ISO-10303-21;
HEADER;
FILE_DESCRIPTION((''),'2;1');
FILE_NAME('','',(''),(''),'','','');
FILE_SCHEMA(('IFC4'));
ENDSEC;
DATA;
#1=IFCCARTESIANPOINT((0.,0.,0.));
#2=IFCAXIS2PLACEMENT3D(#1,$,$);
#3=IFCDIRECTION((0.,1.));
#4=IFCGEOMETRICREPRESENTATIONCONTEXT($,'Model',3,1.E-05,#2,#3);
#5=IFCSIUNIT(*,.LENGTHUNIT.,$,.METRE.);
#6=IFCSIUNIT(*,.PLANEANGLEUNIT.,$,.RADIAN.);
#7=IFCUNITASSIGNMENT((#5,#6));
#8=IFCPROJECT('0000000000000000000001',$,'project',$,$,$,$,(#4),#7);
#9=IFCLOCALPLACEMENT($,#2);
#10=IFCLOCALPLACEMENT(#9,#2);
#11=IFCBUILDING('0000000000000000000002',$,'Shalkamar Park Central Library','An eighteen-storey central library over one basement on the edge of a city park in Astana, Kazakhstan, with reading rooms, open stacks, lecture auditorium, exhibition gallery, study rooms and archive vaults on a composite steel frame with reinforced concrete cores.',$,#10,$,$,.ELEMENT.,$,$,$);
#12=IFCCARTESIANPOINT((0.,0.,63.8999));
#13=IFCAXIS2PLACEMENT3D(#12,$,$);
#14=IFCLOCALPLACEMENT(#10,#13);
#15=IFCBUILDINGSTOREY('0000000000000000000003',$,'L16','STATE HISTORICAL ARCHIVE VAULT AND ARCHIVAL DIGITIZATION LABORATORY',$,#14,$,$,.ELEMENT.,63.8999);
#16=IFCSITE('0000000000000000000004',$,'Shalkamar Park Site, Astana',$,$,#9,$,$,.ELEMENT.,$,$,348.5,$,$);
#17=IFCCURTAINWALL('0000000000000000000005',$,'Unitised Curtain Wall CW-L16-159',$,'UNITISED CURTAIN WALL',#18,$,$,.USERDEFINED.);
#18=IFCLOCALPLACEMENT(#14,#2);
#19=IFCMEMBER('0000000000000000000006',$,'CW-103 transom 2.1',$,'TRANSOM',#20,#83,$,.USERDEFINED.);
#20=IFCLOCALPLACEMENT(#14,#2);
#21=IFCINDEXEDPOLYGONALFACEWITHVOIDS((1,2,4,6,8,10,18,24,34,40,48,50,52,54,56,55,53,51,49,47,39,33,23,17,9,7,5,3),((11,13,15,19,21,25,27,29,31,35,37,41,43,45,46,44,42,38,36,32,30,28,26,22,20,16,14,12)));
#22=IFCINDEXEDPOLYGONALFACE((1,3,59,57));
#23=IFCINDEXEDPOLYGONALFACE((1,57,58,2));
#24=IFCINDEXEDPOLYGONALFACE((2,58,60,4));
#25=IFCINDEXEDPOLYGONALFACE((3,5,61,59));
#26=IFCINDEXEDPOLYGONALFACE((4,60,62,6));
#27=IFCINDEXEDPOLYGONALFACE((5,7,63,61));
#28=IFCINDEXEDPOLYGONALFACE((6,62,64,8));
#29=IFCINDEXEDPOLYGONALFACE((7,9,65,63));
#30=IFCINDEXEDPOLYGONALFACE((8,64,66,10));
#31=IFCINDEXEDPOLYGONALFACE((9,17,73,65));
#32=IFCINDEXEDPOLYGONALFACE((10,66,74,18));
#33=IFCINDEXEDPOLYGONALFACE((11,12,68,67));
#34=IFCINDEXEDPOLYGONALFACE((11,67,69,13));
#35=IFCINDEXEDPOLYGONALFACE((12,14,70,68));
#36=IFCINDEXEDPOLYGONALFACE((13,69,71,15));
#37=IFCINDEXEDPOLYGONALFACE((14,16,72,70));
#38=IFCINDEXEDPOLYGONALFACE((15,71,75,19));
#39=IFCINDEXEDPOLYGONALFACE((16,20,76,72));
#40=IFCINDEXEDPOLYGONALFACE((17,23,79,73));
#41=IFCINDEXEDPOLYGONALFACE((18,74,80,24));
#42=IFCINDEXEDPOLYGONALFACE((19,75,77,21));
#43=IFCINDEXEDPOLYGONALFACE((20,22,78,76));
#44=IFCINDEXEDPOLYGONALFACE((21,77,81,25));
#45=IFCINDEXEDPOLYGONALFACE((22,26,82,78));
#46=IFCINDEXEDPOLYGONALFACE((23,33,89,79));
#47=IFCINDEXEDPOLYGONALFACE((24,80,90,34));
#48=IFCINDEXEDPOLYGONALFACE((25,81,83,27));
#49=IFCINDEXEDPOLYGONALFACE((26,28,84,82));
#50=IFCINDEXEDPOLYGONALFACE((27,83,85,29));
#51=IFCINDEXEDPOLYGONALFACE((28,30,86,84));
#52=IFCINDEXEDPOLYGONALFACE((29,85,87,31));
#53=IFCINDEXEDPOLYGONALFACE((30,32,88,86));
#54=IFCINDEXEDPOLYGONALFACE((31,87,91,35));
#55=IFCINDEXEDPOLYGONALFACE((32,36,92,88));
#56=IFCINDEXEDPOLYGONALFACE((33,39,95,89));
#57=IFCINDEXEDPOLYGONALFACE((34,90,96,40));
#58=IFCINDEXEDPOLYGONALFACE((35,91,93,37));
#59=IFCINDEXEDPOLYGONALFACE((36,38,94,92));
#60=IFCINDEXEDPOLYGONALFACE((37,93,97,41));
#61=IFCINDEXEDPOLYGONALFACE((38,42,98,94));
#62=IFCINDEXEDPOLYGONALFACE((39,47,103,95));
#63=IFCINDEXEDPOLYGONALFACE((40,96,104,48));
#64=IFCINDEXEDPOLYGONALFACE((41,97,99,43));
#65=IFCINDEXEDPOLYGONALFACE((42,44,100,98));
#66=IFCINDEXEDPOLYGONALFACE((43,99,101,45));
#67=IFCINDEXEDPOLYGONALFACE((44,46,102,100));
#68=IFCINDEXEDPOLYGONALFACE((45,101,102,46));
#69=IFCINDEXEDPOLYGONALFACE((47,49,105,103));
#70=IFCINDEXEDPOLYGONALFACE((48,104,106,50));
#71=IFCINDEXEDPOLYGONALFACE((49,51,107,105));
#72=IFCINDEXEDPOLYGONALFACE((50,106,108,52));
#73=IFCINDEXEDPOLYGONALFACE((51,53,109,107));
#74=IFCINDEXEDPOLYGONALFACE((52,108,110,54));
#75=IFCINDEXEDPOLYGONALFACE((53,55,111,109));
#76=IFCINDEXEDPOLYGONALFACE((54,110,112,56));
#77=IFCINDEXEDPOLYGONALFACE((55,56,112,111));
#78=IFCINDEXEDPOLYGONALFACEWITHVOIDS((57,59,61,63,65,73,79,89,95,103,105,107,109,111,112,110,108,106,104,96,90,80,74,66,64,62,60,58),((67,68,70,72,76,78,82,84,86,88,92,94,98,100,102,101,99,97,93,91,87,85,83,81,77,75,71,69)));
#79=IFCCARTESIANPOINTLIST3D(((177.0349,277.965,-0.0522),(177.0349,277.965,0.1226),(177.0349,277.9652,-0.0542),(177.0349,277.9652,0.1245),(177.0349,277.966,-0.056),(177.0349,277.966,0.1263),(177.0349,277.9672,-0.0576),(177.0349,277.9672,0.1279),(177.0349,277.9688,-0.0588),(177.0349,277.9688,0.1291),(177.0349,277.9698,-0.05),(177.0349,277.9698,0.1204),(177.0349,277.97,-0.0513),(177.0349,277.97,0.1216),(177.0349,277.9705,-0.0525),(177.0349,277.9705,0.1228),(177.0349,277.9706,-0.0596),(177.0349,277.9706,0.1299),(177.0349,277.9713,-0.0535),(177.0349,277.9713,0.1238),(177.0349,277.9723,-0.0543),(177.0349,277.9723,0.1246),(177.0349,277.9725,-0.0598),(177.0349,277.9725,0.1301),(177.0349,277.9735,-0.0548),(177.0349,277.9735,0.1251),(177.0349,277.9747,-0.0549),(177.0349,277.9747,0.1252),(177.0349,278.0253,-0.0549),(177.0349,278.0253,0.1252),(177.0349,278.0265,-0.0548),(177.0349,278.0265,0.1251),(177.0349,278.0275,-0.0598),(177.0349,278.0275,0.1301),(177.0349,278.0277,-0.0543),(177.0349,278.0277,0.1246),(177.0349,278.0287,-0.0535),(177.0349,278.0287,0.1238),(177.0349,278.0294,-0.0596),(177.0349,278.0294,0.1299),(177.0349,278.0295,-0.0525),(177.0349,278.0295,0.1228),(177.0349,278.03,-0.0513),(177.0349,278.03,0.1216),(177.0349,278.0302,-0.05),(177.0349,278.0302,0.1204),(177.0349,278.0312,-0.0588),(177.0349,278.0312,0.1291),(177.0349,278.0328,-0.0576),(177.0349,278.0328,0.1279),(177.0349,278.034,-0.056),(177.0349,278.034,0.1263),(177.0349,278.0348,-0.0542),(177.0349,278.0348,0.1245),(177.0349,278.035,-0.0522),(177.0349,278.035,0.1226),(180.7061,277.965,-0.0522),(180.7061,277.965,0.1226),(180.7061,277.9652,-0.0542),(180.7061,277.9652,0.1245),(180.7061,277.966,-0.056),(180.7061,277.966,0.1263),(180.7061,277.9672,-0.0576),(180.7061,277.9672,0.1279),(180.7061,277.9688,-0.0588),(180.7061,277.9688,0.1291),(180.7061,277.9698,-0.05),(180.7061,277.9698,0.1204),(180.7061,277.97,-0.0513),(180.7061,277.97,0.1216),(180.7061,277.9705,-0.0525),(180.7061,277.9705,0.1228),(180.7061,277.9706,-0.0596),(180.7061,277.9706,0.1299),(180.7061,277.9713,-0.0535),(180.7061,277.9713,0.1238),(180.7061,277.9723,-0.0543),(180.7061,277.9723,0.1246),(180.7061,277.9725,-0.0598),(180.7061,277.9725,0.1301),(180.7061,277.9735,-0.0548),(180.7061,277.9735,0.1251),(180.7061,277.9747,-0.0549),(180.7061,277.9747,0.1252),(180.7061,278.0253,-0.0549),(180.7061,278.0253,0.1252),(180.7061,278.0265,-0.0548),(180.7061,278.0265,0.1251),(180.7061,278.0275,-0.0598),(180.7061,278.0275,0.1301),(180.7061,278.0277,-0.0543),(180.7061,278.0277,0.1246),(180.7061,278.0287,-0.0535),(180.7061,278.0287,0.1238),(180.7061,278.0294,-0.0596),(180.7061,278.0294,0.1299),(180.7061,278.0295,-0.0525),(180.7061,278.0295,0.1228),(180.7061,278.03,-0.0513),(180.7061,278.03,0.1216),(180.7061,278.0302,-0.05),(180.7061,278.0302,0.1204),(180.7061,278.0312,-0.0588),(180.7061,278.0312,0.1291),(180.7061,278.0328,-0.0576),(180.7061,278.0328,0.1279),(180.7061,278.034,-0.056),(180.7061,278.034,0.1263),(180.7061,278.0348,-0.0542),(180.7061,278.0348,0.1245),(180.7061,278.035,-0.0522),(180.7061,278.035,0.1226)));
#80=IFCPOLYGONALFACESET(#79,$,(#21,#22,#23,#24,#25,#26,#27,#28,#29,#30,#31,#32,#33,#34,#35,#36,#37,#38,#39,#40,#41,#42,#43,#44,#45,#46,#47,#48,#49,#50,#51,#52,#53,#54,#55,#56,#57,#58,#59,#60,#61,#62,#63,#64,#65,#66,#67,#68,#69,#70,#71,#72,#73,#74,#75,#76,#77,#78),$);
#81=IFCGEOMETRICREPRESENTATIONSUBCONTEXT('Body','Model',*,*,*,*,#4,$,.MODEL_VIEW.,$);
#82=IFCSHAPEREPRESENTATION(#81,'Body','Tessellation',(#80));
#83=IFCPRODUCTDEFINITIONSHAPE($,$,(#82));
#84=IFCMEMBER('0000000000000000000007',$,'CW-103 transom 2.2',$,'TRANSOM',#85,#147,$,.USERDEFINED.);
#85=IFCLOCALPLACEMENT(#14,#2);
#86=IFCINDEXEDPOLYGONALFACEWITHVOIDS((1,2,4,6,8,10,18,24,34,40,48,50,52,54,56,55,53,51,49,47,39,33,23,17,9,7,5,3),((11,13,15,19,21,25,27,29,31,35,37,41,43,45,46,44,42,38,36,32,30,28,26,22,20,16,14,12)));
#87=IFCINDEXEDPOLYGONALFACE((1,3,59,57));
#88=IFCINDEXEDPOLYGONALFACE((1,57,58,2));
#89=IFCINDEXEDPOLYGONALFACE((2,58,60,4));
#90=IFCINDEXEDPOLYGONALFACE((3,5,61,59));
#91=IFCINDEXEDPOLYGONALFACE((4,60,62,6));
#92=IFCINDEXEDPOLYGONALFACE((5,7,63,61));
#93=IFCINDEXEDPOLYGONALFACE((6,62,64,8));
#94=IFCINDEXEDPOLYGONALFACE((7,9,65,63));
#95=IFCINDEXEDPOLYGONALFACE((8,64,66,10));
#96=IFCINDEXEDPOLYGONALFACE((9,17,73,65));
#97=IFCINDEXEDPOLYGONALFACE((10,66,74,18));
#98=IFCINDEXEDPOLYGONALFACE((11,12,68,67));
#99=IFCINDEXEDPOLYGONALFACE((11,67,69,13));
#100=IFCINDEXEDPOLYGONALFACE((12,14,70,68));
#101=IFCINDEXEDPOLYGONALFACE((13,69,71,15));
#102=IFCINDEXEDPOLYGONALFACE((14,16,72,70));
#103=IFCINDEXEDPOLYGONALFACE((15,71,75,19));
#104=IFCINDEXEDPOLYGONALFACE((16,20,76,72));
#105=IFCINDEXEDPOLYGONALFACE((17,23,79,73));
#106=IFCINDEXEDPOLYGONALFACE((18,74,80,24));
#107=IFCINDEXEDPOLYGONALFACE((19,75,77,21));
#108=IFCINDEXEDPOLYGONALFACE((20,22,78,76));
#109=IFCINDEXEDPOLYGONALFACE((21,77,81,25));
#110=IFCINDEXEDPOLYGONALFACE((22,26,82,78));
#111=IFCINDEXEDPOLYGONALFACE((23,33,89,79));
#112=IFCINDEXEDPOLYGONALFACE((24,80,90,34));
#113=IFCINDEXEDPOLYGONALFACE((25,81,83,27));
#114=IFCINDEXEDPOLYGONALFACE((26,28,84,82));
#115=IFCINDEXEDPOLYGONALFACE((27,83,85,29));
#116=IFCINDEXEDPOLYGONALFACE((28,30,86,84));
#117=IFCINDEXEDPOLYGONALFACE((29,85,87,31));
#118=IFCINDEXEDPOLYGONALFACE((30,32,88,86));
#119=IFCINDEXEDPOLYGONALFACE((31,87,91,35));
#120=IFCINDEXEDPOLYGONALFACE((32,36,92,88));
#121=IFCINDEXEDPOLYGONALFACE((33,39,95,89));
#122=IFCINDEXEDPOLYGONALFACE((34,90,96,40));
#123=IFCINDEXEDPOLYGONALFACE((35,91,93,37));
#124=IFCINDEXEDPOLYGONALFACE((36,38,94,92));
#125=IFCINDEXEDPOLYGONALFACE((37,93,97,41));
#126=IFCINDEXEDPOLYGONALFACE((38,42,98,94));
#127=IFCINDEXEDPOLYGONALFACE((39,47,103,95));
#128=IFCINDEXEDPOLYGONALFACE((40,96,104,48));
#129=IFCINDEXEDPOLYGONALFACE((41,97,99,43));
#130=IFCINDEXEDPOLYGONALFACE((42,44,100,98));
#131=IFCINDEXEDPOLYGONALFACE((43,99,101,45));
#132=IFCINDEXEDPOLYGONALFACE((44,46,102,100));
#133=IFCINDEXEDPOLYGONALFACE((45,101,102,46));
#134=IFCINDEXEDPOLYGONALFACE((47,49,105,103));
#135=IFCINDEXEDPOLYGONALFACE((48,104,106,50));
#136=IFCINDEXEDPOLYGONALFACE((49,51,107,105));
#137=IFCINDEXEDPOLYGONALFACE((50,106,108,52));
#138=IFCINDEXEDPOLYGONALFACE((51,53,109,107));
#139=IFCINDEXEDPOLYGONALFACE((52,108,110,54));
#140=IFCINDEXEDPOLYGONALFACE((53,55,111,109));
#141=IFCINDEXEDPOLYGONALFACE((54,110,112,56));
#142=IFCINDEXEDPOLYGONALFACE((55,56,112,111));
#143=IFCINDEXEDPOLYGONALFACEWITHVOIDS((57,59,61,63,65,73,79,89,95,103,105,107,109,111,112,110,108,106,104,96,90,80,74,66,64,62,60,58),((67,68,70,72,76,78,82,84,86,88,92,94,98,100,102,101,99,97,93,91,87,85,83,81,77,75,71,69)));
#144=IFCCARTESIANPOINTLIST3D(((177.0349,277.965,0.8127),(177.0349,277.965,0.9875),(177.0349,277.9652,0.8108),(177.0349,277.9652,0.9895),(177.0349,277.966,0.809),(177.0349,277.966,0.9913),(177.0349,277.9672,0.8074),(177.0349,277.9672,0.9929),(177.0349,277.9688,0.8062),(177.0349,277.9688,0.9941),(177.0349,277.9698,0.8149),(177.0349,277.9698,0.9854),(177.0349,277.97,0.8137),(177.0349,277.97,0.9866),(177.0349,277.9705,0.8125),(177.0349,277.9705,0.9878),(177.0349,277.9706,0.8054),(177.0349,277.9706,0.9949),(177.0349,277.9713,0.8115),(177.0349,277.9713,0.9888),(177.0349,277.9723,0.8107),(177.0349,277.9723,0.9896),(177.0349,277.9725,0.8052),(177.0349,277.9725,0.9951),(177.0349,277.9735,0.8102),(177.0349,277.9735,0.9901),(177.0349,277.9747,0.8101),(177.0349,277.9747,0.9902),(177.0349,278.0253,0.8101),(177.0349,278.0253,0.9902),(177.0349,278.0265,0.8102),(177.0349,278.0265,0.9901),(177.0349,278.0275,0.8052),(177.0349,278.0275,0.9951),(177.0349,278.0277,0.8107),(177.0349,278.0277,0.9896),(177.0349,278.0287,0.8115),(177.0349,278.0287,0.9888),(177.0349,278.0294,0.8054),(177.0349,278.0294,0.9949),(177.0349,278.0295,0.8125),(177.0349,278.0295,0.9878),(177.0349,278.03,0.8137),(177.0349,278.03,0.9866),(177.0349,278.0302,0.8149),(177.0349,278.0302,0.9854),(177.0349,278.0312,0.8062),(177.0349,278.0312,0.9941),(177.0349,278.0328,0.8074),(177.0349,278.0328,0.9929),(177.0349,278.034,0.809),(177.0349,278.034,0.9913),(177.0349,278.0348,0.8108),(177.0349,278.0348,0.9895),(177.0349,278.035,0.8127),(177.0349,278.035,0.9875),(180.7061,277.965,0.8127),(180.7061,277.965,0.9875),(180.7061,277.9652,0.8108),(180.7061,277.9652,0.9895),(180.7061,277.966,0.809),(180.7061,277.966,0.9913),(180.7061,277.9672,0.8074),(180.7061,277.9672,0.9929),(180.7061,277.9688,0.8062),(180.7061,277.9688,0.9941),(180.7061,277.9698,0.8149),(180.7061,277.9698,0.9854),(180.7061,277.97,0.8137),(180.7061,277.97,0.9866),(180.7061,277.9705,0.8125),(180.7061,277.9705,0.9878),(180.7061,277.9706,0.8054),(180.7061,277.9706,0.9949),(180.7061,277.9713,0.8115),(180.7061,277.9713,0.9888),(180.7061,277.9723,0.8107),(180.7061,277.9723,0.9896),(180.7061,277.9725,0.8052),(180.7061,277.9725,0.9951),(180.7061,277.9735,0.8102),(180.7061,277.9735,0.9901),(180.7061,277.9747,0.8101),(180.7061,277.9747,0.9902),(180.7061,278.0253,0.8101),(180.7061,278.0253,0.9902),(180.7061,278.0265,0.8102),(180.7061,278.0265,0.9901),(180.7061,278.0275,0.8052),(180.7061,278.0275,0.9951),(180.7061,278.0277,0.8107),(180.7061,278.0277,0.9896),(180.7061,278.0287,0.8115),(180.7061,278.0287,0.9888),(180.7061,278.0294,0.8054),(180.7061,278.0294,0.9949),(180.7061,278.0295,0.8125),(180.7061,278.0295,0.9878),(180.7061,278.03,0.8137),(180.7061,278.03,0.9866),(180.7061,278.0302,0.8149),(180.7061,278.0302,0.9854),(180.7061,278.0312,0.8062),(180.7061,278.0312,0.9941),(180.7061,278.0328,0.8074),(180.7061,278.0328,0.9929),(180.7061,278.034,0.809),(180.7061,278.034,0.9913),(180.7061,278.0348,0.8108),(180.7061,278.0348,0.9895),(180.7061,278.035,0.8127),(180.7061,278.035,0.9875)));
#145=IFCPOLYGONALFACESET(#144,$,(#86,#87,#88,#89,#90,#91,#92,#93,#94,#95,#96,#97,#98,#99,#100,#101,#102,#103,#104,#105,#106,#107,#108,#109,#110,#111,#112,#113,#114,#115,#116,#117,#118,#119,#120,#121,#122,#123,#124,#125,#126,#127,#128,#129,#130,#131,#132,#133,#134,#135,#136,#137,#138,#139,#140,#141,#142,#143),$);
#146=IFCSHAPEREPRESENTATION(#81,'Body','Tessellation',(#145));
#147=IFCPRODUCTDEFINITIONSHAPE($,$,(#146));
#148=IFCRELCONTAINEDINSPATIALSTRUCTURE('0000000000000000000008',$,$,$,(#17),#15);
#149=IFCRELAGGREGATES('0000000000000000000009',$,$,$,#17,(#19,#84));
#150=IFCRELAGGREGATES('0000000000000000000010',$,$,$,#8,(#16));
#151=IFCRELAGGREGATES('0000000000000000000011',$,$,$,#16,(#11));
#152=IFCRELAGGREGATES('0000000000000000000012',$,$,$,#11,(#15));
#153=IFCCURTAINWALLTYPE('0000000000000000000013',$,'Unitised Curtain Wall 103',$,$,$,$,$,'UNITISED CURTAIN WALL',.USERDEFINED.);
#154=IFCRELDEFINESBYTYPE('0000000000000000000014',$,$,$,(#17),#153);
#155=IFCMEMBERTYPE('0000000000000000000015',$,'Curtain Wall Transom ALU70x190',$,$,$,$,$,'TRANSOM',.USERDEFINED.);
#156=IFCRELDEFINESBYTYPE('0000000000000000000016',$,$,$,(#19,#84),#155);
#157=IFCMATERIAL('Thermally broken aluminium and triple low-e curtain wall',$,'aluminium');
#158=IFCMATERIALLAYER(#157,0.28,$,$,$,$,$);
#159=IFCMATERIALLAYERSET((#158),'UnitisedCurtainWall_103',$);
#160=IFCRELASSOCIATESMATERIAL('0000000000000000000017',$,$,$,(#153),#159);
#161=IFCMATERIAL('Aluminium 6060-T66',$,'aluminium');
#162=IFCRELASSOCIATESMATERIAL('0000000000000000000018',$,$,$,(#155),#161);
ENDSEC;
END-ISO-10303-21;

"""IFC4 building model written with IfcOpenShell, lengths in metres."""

from ifc_helpers import new_model, si_unit, direction, frame, origin, origin_2d, place, context, subcontext, project, spatial, hollow_rectangle, extrude, material, layer, layer_set, material_profile, profile_set, type_object, element, aggregate, save


model = new_model("IFC4")

# Units and contexts
model_context = context("Model", 3, precision=1e-05, world=origin(), true_north=direction((0.0, 1.0)))
body_context = subcontext(model_context, "Body", "Model", "MODEL_VIEW")
ifc_project = project(units=[si_unit("LENGTHUNIT", "METRE"), si_unit("PLANEANGLEUNIT", "RADIAN")], contexts=[model_context])

# Site, building, storey
site_placement = place(None, origin())
site = spatial("IfcSite", under=ifc_project, at=site_placement, Name="Shalkamar Park Site, Astana", CompositionType="ELEMENT", RefElevation=348.5)
building_placement = place(site_placement, origin())
building = spatial("IfcBuilding", under=site, at=building_placement, Name="Shalkamar Park Central Library", Description="An eighteen-storey central library over one basement on the edge of a city park in Astana, Kazakhstan, with reading rooms, open stacks, lecture auditorium, exhibition gallery, study rooms and archive vaults on a composite steel frame with reinforced concrete cores.", CompositionType="ELEMENT")
storey_placement = place(building_placement, frame((0.0, 0.0, 63.8999)))
storey = spatial("IfcBuildingStorey", under=building, at=storey_placement, Name="L16", Description="STATE HISTORICAL ARCHIVE VAULT AND ARCHIVAL DIGITIZATION LABORATORY", CompositionType="ELEMENT", Elevation=63.8999)

# Curtain wall
ifc_material_1 = material(Name="Thermally broken aluminium and triple low-e curtain wall", Category="aluminium")
ifc_material_2 = material(Name="Aluminium 6060-T66", Category="aluminium")
ifc_layer_1 = layer(ifc_material_1, 0.28)
ifc_layer_set_1 = layer_set([ifc_layer_1], Name="UnitisedCurtainWall_103")
curtain_wall_type_1 = type_object("IfcCurtainWallType", Name="Unitised Curtain Wall 103", ElementType="UNITISED CURTAIN WALL", PredefinedType="USERDEFINED", material=ifc_layer_set_1)
curtain_wall_1_placement = place(storey_placement, origin())
curtain_wall_1 = element("IfcCurtainWall", 1, at=curtain_wall_1_placement, inside=storey, type_object=curtain_wall_type_1, Name="Unitised Curtain Wall CW-L16-159", ObjectType="UNITISED CURTAIN WALL", PredefinedType="USERDEFINED")

# Members
ifc_material_profile_1 = material_profile(ifc_material_2, hollow_rectangle(XDim=0.0701, YDim=0.1899, WallThickness=0.0049, InnerFilletRadius=0.0049, OuterFilletRadius=0.0076, at=origin_2d()), Name="ALU 70x190x5")
ifc_profile_set_1 = profile_set([ifc_material_profile_1], Name="Aluminium 6060-T66")
member_type_1 = type_object("IfcMemberType", Name="Curtain Wall Transom ALU70x190", ElementType="TRANSOM", PredefinedType="USERDEFINED", material=ifc_profile_set_1)
member_1_placement = place(storey_placement, frame((177.0349, 278.0, 0.0352), z_axis=(1.0, 0.0, 0.0), x_axis=(0.0, 1.0, 0.0)))
member_1 = element("IfcMember", 2, at=member_1_placement, type_object=member_type_1, Name="CW-103 transom 2.1", ObjectType="TRANSOM", PredefinedType="USERDEFINED", context=body_context, shape_type="SweptSolid", body=[
    extrude(hollow_rectangle(XDim=0.0701, YDim=0.1899, WallThickness=0.0049, InnerFilletRadius=0.0049, OuterFilletRadius=0.0076, at=origin_2d()), origin(), (0.0, 0.0, 1.0), 3.6711),
])
member_2_placement = place(storey_placement, frame((177.0349, 278.0, 0.9001), z_axis=(1.0, 0.0, 0.0), x_axis=(0.0, 1.0, 0.0)))
member_2 = element("IfcMember", 3, at=member_2_placement, type_object=member_type_1, Name="CW-103 transom 2.2", ObjectType="TRANSOM", PredefinedType="USERDEFINED", context=body_context, shape_type="SweptSolid", body=[
    extrude(hollow_rectangle(XDim=0.0701, YDim=0.1899, WallThickness=0.0049, InnerFilletRadius=0.0049, OuterFilletRadius=0.0076, at=origin_2d()), origin(), (0.0, 0.0, 1.0), 3.6711),
])

aggregate(curtain_wall_1, [member_1, member_2])

save(model, "model.ifc")
